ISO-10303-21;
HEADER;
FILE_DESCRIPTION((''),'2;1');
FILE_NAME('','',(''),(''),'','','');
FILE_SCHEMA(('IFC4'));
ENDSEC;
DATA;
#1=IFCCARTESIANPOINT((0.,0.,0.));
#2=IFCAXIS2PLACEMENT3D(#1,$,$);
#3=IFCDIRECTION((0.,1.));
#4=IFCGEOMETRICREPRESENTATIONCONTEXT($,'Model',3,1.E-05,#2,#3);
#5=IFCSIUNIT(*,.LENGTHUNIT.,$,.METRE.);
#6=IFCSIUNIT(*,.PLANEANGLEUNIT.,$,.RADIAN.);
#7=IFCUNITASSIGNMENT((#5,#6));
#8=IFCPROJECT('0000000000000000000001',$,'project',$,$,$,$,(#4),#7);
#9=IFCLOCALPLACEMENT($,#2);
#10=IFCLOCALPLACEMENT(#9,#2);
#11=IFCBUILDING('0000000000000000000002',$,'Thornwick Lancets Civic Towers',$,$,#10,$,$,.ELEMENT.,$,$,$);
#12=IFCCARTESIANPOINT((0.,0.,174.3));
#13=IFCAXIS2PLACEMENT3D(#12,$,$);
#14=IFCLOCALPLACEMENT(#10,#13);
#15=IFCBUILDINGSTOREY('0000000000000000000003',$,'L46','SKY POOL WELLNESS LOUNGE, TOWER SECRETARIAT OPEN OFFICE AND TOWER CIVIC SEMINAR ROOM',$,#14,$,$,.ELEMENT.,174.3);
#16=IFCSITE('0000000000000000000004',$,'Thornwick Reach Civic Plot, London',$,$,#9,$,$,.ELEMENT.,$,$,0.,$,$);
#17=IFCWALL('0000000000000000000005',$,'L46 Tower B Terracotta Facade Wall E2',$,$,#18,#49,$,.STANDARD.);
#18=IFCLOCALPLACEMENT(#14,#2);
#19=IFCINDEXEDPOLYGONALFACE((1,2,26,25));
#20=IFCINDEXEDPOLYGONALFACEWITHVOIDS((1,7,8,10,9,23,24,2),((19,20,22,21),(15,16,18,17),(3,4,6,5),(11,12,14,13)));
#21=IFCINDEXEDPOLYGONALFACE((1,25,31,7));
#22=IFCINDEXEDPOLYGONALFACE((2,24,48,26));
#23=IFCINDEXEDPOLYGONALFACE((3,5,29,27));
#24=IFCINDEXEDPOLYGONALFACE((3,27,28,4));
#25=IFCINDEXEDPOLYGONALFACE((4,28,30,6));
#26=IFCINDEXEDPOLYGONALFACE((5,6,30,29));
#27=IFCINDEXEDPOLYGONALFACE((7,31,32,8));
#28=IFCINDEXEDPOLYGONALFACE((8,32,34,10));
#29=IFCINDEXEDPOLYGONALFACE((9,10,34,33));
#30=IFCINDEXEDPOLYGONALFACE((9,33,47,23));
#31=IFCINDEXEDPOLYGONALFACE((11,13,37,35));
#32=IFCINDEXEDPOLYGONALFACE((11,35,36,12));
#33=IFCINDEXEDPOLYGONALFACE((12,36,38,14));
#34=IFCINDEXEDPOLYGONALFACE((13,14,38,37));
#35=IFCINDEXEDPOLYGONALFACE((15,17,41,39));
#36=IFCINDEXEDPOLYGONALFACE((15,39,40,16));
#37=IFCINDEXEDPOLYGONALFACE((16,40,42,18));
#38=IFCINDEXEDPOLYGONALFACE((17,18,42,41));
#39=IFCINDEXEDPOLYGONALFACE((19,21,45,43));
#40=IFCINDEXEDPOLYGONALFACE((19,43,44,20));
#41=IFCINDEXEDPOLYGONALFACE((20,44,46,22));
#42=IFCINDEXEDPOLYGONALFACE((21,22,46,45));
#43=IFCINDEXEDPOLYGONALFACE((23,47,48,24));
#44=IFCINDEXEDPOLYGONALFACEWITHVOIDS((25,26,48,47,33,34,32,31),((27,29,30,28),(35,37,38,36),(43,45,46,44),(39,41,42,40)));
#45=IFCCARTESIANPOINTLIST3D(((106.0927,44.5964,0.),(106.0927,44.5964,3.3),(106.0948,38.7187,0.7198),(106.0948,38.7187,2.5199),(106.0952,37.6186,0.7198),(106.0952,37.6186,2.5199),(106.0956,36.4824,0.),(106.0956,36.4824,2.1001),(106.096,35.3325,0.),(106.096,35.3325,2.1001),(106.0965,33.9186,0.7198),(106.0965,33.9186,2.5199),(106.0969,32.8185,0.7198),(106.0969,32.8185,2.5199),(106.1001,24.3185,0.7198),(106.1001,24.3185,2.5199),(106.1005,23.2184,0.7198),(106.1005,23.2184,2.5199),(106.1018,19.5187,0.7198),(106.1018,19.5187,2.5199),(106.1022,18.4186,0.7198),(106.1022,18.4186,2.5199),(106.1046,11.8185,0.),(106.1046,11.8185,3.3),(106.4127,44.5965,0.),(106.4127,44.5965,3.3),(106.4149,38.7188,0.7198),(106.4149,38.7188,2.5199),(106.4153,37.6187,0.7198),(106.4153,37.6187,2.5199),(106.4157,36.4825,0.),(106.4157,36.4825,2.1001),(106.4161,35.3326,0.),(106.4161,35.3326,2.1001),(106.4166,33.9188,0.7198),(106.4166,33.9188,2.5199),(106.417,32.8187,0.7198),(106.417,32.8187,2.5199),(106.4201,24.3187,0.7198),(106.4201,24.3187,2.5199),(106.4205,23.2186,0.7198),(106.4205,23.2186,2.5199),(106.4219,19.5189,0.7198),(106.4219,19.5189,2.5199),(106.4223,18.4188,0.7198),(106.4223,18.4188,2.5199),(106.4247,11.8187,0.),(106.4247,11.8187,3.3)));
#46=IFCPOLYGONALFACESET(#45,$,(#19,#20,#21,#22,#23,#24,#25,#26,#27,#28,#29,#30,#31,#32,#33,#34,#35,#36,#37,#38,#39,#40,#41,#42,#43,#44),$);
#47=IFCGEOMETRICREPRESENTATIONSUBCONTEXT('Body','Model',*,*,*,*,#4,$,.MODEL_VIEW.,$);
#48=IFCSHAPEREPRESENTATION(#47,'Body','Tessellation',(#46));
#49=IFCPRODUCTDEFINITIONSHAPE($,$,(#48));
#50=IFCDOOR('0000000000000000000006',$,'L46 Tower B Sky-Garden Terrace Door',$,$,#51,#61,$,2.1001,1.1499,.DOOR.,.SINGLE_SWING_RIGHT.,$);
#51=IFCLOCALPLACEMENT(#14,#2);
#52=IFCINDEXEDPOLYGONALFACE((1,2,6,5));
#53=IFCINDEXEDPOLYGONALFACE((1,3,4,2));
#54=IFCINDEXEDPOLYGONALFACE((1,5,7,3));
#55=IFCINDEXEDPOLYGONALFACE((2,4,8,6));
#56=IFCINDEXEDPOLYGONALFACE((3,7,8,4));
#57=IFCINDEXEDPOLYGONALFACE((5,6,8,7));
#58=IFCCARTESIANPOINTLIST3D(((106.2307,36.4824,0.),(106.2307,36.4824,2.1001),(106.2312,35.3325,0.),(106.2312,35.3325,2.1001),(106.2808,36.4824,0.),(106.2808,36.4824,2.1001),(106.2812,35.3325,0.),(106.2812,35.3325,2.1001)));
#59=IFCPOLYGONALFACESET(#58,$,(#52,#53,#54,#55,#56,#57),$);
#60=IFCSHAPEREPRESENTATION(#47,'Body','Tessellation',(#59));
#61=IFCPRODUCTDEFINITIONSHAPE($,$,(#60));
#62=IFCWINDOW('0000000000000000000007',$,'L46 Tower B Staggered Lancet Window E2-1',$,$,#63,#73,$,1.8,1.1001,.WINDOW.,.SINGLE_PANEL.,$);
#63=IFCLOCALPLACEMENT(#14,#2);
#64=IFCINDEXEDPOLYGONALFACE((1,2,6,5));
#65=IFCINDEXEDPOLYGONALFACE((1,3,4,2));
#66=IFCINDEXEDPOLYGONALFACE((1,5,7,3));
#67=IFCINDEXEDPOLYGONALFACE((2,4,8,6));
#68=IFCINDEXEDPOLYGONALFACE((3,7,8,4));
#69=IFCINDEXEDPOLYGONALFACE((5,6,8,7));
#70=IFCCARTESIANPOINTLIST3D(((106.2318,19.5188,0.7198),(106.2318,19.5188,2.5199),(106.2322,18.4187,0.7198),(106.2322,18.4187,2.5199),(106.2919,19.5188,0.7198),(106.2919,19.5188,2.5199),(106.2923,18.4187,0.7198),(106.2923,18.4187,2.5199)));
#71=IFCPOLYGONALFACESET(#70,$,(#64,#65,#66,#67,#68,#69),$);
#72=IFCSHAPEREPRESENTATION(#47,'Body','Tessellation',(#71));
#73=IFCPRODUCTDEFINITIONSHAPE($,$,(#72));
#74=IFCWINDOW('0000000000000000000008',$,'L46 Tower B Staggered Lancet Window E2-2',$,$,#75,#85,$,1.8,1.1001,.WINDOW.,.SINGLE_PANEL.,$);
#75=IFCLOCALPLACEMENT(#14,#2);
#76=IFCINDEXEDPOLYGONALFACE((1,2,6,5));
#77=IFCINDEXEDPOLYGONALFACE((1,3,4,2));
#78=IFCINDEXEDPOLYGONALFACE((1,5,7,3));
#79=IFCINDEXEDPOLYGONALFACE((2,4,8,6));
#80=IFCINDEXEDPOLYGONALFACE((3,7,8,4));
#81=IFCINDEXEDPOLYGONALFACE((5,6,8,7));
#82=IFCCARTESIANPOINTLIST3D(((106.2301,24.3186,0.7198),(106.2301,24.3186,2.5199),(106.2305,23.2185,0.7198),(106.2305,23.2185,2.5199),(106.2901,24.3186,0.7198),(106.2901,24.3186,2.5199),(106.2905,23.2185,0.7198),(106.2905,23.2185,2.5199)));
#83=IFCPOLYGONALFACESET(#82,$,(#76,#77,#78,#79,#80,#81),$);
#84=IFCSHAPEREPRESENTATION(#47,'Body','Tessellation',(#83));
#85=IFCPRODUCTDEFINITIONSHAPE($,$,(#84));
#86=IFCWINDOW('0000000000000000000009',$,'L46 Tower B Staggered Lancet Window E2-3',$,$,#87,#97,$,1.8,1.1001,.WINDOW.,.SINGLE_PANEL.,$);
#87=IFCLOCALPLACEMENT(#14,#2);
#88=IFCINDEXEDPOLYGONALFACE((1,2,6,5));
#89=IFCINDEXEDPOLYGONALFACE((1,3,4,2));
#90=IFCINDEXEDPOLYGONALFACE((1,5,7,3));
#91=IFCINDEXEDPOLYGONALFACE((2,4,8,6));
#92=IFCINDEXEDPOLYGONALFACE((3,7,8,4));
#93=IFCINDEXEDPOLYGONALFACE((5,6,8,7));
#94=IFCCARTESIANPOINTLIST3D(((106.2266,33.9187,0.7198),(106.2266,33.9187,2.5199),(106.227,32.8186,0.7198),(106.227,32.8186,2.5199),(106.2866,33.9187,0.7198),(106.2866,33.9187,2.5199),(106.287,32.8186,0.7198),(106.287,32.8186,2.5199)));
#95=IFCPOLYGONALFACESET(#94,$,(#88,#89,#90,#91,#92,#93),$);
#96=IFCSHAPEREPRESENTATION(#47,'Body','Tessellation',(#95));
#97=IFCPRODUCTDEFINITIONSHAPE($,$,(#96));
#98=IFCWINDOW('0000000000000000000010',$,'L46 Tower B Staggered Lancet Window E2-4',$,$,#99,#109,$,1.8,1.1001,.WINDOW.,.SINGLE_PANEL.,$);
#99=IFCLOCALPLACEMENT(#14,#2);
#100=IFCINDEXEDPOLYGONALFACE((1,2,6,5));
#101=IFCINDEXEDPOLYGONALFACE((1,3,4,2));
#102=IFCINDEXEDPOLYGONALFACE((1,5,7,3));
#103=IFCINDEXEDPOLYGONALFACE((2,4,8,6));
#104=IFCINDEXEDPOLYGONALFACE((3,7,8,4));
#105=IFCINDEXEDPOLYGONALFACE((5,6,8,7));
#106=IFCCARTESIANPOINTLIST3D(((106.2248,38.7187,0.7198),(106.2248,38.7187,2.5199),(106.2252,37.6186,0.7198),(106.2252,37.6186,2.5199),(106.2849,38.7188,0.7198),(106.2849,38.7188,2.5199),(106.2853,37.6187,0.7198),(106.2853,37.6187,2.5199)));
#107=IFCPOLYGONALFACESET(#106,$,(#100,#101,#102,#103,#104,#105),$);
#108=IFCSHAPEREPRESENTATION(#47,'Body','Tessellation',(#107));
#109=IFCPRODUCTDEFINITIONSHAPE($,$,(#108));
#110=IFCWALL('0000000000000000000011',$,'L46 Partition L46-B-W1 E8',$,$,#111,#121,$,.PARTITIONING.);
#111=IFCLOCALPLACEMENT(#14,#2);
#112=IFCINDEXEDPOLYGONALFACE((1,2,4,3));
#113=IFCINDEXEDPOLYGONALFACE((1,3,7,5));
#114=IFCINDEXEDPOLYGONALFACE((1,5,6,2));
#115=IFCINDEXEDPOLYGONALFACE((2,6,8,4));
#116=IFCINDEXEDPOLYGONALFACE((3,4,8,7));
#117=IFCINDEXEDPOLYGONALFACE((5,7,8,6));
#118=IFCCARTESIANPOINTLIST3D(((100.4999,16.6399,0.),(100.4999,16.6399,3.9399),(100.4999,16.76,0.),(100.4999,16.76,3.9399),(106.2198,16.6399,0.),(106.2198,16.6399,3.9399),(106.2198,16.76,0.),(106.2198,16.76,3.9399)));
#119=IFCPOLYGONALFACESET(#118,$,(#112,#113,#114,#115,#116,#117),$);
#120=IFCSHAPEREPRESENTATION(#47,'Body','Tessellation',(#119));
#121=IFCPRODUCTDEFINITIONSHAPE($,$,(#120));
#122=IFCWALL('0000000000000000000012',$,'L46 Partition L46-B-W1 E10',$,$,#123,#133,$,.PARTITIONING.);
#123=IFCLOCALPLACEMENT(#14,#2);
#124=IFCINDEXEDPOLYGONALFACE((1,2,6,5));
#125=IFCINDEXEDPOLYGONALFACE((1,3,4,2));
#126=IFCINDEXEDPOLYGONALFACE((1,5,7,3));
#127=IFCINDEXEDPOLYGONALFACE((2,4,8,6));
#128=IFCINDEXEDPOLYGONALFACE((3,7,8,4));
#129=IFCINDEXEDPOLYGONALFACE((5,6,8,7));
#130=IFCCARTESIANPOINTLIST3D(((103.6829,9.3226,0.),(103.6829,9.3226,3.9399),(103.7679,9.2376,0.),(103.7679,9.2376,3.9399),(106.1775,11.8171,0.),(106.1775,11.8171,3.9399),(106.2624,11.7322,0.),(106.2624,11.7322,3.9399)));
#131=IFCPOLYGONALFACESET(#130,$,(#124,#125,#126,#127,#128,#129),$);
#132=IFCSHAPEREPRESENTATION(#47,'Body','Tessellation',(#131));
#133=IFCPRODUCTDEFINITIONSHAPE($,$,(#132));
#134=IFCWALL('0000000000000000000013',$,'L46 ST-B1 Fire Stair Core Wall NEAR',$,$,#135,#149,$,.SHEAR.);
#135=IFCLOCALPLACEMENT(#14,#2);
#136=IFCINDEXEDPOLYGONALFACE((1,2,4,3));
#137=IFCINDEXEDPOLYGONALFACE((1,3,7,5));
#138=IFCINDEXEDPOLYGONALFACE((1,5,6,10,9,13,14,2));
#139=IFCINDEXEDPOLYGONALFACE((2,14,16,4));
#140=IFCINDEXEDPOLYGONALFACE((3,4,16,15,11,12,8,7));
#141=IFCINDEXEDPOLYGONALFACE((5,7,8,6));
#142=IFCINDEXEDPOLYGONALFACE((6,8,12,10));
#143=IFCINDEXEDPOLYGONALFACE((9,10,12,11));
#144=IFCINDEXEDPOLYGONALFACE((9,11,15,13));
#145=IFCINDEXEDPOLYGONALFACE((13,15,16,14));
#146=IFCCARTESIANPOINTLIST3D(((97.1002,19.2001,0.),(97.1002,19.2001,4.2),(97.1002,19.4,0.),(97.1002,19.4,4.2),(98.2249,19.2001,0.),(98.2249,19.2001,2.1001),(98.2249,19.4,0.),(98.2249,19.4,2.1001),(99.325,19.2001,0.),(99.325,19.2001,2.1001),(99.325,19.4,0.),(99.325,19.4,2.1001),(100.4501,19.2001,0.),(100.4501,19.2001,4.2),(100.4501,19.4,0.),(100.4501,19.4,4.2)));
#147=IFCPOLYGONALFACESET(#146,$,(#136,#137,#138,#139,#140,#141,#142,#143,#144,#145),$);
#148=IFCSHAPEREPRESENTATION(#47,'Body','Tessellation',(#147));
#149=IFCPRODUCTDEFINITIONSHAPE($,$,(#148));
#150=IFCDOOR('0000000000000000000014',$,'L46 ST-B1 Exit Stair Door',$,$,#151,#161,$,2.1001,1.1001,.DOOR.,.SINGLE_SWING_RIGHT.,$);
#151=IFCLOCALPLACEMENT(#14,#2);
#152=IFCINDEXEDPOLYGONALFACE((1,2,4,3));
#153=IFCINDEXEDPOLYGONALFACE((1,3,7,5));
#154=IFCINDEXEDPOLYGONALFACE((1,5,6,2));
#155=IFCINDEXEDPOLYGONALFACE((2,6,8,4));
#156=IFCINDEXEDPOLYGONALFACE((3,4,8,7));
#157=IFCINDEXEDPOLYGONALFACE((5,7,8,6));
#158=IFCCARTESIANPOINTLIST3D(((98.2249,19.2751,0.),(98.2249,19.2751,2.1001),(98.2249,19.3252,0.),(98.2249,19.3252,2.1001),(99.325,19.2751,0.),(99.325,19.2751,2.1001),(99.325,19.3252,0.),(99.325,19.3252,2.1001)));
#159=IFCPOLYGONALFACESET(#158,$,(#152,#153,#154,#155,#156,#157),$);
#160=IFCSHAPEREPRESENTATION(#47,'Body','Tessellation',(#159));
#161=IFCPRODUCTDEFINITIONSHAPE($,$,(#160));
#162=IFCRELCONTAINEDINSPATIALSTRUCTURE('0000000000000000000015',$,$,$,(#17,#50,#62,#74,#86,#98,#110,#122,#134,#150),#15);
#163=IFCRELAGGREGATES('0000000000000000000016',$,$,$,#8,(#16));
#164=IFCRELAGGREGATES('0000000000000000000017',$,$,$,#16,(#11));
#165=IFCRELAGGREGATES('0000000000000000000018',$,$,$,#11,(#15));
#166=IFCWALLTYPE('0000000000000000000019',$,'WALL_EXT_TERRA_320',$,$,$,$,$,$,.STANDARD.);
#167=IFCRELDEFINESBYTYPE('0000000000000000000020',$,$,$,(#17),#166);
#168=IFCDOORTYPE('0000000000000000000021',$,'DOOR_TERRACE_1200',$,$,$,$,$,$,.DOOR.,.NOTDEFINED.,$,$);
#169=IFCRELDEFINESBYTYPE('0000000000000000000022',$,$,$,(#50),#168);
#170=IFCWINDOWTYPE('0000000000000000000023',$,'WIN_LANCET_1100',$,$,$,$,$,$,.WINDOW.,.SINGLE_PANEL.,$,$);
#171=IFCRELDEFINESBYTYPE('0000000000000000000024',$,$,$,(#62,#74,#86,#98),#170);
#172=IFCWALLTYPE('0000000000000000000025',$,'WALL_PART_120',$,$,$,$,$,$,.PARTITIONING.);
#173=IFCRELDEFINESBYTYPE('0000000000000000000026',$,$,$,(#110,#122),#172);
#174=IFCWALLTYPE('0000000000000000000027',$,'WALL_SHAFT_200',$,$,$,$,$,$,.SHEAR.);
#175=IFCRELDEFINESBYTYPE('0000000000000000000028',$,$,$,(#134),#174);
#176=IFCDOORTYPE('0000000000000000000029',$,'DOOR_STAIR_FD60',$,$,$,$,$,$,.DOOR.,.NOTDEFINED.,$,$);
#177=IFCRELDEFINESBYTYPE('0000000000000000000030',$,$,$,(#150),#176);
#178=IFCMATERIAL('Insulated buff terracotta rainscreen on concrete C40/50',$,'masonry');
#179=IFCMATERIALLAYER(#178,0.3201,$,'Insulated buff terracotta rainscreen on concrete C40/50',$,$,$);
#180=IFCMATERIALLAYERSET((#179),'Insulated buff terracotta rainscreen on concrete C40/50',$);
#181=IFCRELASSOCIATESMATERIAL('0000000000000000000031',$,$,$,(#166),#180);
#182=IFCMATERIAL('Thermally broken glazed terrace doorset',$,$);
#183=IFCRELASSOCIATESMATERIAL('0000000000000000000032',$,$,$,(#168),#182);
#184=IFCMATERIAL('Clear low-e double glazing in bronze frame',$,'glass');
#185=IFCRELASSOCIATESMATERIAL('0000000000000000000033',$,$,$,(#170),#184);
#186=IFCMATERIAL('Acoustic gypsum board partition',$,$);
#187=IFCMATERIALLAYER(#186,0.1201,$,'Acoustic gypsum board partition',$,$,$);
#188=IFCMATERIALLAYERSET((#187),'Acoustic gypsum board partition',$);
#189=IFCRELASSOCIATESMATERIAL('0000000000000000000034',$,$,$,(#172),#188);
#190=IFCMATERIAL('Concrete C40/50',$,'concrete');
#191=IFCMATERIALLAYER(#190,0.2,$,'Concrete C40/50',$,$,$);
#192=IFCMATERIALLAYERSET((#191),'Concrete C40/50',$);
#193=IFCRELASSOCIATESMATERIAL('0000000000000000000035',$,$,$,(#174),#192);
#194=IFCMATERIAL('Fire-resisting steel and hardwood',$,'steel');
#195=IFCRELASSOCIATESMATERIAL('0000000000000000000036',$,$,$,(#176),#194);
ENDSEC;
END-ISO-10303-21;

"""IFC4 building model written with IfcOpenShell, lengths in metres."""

from ifc_helpers import new_model, si_unit, direction, frame, frame_2d, origin, place, context, subcontext, project, spatial, rectangle, extrude, material, layer, layer_set, type_object, element, fill, save


model = new_model("IFC4")

# Units and contexts
model_context = context("Model", 3, precision=1e-05, world=origin(), true_north=direction((0.0, 1.0)))
body_context = subcontext(model_context, "Body", "Model", "MODEL_VIEW")
ifc_project = project(units=[si_unit("LENGTHUNIT", "METRE"), si_unit("PLANEANGLEUNIT", "RADIAN")], contexts=[model_context])

# Site, building, storey
site_placement = place(None, origin())
site = spatial("IfcSite", under=ifc_project, at=site_placement, Name="Thornwick Reach Civic Plot, London", CompositionType="ELEMENT", RefElevation=0.0)
building_placement = place(site_placement, origin())
building = spatial("IfcBuilding", under=site, at=building_placement, Name="Thornwick Lancets Civic Towers", CompositionType="ELEMENT")
storey_placement = place(building_placement, frame((0.0, 0.0, 174.3)))
storey = spatial("IfcBuildingStorey", under=building, at=storey_placement, Name="L46", Description="SKY POOL WELLNESS LOUNGE, TOWER SECRETARIAT OPEN OFFICE AND TOWER CIVIC SEMINAR ROOM", CompositionType="ELEMENT", Elevation=174.3)

# Shared definitions
ifc_material_1 = material(Name="Concrete C40/50", Category="concrete")

# Wall, openings, door, windows
ifc_material_2 = material(Name="Insulated buff terracotta rainscreen on concrete C40/50", Category="masonry")
ifc_layer_1 = layer(ifc_material_2, 0.3201, Name="Insulated buff terracotta rainscreen on concrete C40/50")
ifc_layer_set_1 = layer_set([ifc_layer_1], Name="Insulated buff terracotta rainscreen on concrete C40/50")
wall_type_1 = type_object("IfcWallType", Name="WALL_EXT_TERRA_320", PredefinedType="STANDARD", material=ifc_layer_set_1)
wall_1_placement = place(storey_placement, frame((106.2646, 11.8186, 0.0), z_axis=(0.0, 0.0, 1.0), x_axis=(-0.000365, 1.0, 0.0)))
wall_1 = element("IfcWall", 1, at=wall_1_placement, inside=storey, type_object=wall_type_1, Name="L46 Tower B Terracotta Facade Wall E2", PredefinedType="STANDARD", context=body_context, shape_type="SweptSolid", body=[
    extrude(rectangle(XDim=32.7778, YDim=0.3201, at=frame_2d((16.3889, 0.0))), origin(), (0.0, 0.0, 1.0), 3.3),
])
opening_1_placement = place(wall_1_placement, frame((23.5139, 0.0, 0.0)))
opening_1 = element("IfcOpeningElement", 2, at=opening_1_placement, cuts=wall_1, PredefinedType="OPENING", context=body_context, shape_type="SweptSolid", body=[
    extrude(rectangle(XDim=1.1499, YDim=2.1001, at=frame_2d((0.575, 1.05))), frame((0.0, 0.1699, 0.0), z_axis=(0.0, -1.0, 0.0), x_axis=(1.0, 0.0, 0.0)), (0.0, 0.0, 1.0), 0.3401),
])
opening_2_placement = place(wall_1_placement, frame((6.6001, 0.0, 0.72)))
opening_2 = element("IfcOpeningElement", 3, at=opening_2_placement, cuts=wall_1, PredefinedType="OPENING", context=body_context, shape_type="SweptSolid", body=[
    extrude(rectangle(XDim=1.1001, YDim=1.8, at=frame_2d((0.55, 0.8999))), frame((0.0, 0.1699, 0.0), z_axis=(0.0, -1.0, 0.0), x_axis=(1.0, 0.0, 0.0)), (0.0, 0.0, 1.0), 0.3401),
])
opening_3_placement = place(wall_1_placement, frame((11.3999, 0.0, 0.72)))
opening_3 = element("IfcOpeningElement", 4, at=opening_3_placement, cuts=wall_1, PredefinedType="OPENING", context=body_context, shape_type="SweptSolid", body=[
    extrude(rectangle(XDim=1.1001, YDim=1.8, at=frame_2d((0.55, 0.8999))), frame((0.0, 0.1699, 0.0), z_axis=(0.0, -1.0, 0.0), x_axis=(1.0, 0.0, 0.0)), (0.0, 0.0, 1.0), 0.3401),
])
opening_4_placement = place(wall_1_placement, frame((21.0, 0.0, 0.72)))
opening_4 = element("IfcOpeningElement", 5, at=opening_4_placement, cuts=wall_1, PredefinedType="OPENING", context=body_context, shape_type="SweptSolid", body=[
    extrude(rectangle(XDim=1.1001, YDim=1.8, at=frame_2d((0.55, 0.8999))), frame((0.0, 0.1699, 0.0), z_axis=(0.0, -1.0, 0.0), x_axis=(1.0, 0.0, 0.0)), (0.0, 0.0, 1.0), 0.3401),
])
opening_5_placement = place(wall_1_placement, frame((25.8, 0.0, 0.72)))
opening_5 = element("IfcOpeningElement", 6, at=opening_5_placement, cuts=wall_1, PredefinedType="OPENING", context=body_context, shape_type="SweptSolid", body=[
    extrude(rectangle(XDim=1.1001, YDim=1.8, at=frame_2d((0.55, 0.8999))), frame((0.0, 0.1699, 0.0), z_axis=(0.0, -1.0, 0.0), x_axis=(1.0, 0.0, 0.0)), (0.0, 0.0, 1.0), 0.3401),
])
ifc_material_3 = material(Name="Thermally broken glazed terrace doorset")
door_type_1 = type_object("IfcDoorType", Name="DOOR_TERRACE_1200", OperationType="NOTDEFINED", PredefinedType="DOOR", material=ifc_material_3)
door_1_placement = place(opening_1_placement, origin())
door_1 = element("IfcDoor", 7, at=door_1_placement, inside=storey, type_object=door_type_1, Name="L46 Tower B Sky-Garden Terrace Door", OperationType="SINGLE_SWING_RIGHT", OverallHeight=2.1001, OverallWidth=1.1499, PredefinedType="DOOR", context=body_context, shape_type="SweptSolid", body=[
    extrude(rectangle(XDim=1.1499, YDim=2.1001, at=frame_2d((0.575, 1.05))), frame((0.0, 0.0249, 0.0), z_axis=(0.0, -1.0, 0.0), x_axis=(1.0, 0.0, 0.0)), (0.0, 0.0, 1.0), 0.05),
])
fill(opening_1, door_1)
ifc_material_4 = material(Name="Clear low-e double glazing in bronze frame", Category="glass")
window_type = type_object("IfcWindowType", Name="WIN_LANCET_1100", PartitioningType="SINGLE_PANEL", PredefinedType="WINDOW", material=ifc_material_4)
window_1_placement = place(opening_2_placement, origin())
window_1 = element("IfcWindow", 8, at=window_1_placement, inside=storey, type_object=window_type, Name="L46 Tower B Staggered Lancet Window E2-1", OverallHeight=1.8, OverallWidth=1.1001, PartitioningType="SINGLE_PANEL", PredefinedType="WINDOW", context=body_context, shape_type="SweptSolid", body=[
    extrude(rectangle(XDim=1.1001, YDim=1.8, at=frame_2d((0.55, 0.8999))), frame((0.0, 0.03, 0.0), z_axis=(0.0, -1.0, 0.0), x_axis=(1.0, 0.0, 0.0)), (0.0, 0.0, 1.0), 0.0601),
])
fill(opening_2, window_1)
window_2_placement = place(opening_3_placement, origin())
window_2 = element("IfcWindow", 9, at=window_2_placement, inside=storey, type_object=window_type, Name="L46 Tower B Staggered Lancet Window E2-2", OverallHeight=1.8, OverallWidth=1.1001, PartitioningType="SINGLE_PANEL", PredefinedType="WINDOW", context=body_context, shape_type="SweptSolid", body=[
    extrude(rectangle(XDim=1.1001, YDim=1.8, at=frame_2d((0.55, 0.8999))), frame((0.0, 0.03, 0.0), z_axis=(0.0, -1.0, 0.0), x_axis=(1.0, 0.0, 0.0)), (0.0, 0.0, 1.0), 0.0601),
])
fill(opening_3, window_2)
window_3_placement = place(opening_4_placement, origin())
window_3 = element("IfcWindow", 10, at=window_3_placement, inside=storey, type_object=window_type, Name="L46 Tower B Staggered Lancet Window E2-3", OverallHeight=1.8, OverallWidth=1.1001, PartitioningType="SINGLE_PANEL", PredefinedType="WINDOW", context=body_context, shape_type="SweptSolid", body=[
    extrude(rectangle(XDim=1.1001, YDim=1.8, at=frame_2d((0.55, 0.8999))), frame((0.0, 0.03, 0.0), z_axis=(0.0, -1.0, 0.0), x_axis=(1.0, 0.0, 0.0)), (0.0, 0.0, 1.0), 0.0601),
])
fill(opening_4, window_3)
window_4_placement = place(opening_5_placement, origin())
window_4 = element("IfcWindow", 11, at=window_4_placement, inside=storey, type_object=window_type, Name="L46 Tower B Staggered Lancet Window E2-4", OverallHeight=1.8, OverallWidth=1.1001, PartitioningType="SINGLE_PANEL", PredefinedType="WINDOW", context=body_context, shape_type="SweptSolid", body=[
    extrude(rectangle(XDim=1.1001, YDim=1.8, at=frame_2d((0.55, 0.8999))), frame((0.0, 0.03, 0.0), z_axis=(0.0, -1.0, 0.0), x_axis=(1.0, 0.0, 0.0)), (0.0, 0.0, 1.0), 0.0601),
])
fill(opening_5, window_4)

# Walls
ifc_material_5 = material(Name="Acoustic gypsum board partition")
ifc_layer_2 = layer(ifc_material_5, 0.1201, Name="Acoustic gypsum board partition")
ifc_layer_set_2 = layer_set([ifc_layer_2], Name="Acoustic gypsum board partition")
wall_type_2 = type_object("IfcWallType", Name="WALL_PART_120", PredefinedType="PARTITIONING", material=ifc_layer_set_2)
wall_2_placement = place(storey_placement, frame((100.5, 16.7, 0.0), z_axis=(0.0, 0.0, 1.0), x_axis=(1.0, 0.0, 0.0)))
element("IfcWall", 12, at=wall_2_placement, inside=storey, type_object=wall_type_2, Name="L46 Partition L46-B-W1 E8", PredefinedType="PARTITIONING", context=body_context, shape_type="SweptSolid", body=[
    extrude(rectangle(XDim=5.72, YDim=0.1201, at=frame_2d((2.8599, 0.0))), origin(), (0.0, 0.0, 1.0), 3.9399),
])
wall_3_placement = place(storey_placement, frame((106.22, 11.7747, 0.0), z_axis=(0.0, 0.0, 1.0), x_axis=(-0.707107, -0.707107, 0.0)))
element("IfcWall", 13, at=wall_3_placement, inside=storey, type_object=wall_type_2, Name="L46 Partition L46-B-W1 E10", PredefinedType="PARTITIONING", context=body_context, shape_type="SweptSolid", body=[
    extrude(rectangle(XDim=3.5278, YDim=0.1201, at=frame_2d((1.7639, 0.0))), origin(), (0.0, 0.0, 1.0), 3.9399),
])

# Wall, opening, door
ifc_layer_3 = layer(ifc_material_1, 0.2, Name="Concrete C40/50")
ifc_layer_set_3 = layer_set([ifc_layer_3], Name="Concrete C40/50")
wall_type_3 = type_object("IfcWallType", Name="WALL_SHAFT_200", PredefinedType="SHEAR", material=ifc_layer_set_3)
wall_4_placement = place(storey_placement, frame((100.45, 19.3, 0.0), z_axis=(0.0, 0.0, 1.0), x_axis=(-1.0, 0.0, 0.0)))
wall_4 = element("IfcWall", 14, at=wall_4_placement, inside=storey, type_object=wall_type_3, Name="L46 ST-B1 Fire Stair Core Wall NEAR", PredefinedType="SHEAR", context=body_context, shape_type="SweptSolid", body=[
    extrude(rectangle(XDim=3.3499, YDim=0.2, at=frame_2d((1.6748, 0.0))), origin(), (0.0, 0.0, 1.0), 4.2),
])
opening_6_placement = place(wall_4_placement, frame((1.125, 0.0, 0.0)))
opening_6 = element("IfcOpeningElement", 15, at=opening_6_placement, cuts=wall_4, PredefinedType="OPENING", context=body_context, shape_type="SweptSolid", body=[
    extrude(rectangle(XDim=1.1001, YDim=2.1001, at=frame_2d((0.55, 1.05))), frame((0.0, 0.1099, 0.0), z_axis=(0.0, -1.0, 0.0), x_axis=(1.0, 0.0, 0.0)), (0.0, 0.0, 1.0), 0.22),
])
ifc_material_6 = material(Name="Fire-resisting steel and hardwood", Category="steel")
door_type_2 = type_object("IfcDoorType", Name="DOOR_STAIR_FD60", OperationType="NOTDEFINED", PredefinedType="DOOR", material=ifc_material_6)
door_2_placement = place(opening_6_placement, origin())
door_2 = element("IfcDoor", 16, at=door_2_placement, inside=storey, type_object=door_type_2, Name="L46 ST-B1 Exit Stair Door", OperationType="SINGLE_SWING_RIGHT", OverallHeight=2.1001, OverallWidth=1.1001, PredefinedType="DOOR", context=body_context, shape_type="SweptSolid", body=[
    extrude(rectangle(XDim=1.1001, YDim=2.1001, at=frame_2d((0.55, 1.05))), frame((0.0, 0.0249, 0.0), z_axis=(0.0, -1.0, 0.0), x_axis=(1.0, 0.0, 0.0)), (0.0, 0.0, 1.0), 0.05),
])
fill(opening_6, door_2)

save(model, "model.ifc")
